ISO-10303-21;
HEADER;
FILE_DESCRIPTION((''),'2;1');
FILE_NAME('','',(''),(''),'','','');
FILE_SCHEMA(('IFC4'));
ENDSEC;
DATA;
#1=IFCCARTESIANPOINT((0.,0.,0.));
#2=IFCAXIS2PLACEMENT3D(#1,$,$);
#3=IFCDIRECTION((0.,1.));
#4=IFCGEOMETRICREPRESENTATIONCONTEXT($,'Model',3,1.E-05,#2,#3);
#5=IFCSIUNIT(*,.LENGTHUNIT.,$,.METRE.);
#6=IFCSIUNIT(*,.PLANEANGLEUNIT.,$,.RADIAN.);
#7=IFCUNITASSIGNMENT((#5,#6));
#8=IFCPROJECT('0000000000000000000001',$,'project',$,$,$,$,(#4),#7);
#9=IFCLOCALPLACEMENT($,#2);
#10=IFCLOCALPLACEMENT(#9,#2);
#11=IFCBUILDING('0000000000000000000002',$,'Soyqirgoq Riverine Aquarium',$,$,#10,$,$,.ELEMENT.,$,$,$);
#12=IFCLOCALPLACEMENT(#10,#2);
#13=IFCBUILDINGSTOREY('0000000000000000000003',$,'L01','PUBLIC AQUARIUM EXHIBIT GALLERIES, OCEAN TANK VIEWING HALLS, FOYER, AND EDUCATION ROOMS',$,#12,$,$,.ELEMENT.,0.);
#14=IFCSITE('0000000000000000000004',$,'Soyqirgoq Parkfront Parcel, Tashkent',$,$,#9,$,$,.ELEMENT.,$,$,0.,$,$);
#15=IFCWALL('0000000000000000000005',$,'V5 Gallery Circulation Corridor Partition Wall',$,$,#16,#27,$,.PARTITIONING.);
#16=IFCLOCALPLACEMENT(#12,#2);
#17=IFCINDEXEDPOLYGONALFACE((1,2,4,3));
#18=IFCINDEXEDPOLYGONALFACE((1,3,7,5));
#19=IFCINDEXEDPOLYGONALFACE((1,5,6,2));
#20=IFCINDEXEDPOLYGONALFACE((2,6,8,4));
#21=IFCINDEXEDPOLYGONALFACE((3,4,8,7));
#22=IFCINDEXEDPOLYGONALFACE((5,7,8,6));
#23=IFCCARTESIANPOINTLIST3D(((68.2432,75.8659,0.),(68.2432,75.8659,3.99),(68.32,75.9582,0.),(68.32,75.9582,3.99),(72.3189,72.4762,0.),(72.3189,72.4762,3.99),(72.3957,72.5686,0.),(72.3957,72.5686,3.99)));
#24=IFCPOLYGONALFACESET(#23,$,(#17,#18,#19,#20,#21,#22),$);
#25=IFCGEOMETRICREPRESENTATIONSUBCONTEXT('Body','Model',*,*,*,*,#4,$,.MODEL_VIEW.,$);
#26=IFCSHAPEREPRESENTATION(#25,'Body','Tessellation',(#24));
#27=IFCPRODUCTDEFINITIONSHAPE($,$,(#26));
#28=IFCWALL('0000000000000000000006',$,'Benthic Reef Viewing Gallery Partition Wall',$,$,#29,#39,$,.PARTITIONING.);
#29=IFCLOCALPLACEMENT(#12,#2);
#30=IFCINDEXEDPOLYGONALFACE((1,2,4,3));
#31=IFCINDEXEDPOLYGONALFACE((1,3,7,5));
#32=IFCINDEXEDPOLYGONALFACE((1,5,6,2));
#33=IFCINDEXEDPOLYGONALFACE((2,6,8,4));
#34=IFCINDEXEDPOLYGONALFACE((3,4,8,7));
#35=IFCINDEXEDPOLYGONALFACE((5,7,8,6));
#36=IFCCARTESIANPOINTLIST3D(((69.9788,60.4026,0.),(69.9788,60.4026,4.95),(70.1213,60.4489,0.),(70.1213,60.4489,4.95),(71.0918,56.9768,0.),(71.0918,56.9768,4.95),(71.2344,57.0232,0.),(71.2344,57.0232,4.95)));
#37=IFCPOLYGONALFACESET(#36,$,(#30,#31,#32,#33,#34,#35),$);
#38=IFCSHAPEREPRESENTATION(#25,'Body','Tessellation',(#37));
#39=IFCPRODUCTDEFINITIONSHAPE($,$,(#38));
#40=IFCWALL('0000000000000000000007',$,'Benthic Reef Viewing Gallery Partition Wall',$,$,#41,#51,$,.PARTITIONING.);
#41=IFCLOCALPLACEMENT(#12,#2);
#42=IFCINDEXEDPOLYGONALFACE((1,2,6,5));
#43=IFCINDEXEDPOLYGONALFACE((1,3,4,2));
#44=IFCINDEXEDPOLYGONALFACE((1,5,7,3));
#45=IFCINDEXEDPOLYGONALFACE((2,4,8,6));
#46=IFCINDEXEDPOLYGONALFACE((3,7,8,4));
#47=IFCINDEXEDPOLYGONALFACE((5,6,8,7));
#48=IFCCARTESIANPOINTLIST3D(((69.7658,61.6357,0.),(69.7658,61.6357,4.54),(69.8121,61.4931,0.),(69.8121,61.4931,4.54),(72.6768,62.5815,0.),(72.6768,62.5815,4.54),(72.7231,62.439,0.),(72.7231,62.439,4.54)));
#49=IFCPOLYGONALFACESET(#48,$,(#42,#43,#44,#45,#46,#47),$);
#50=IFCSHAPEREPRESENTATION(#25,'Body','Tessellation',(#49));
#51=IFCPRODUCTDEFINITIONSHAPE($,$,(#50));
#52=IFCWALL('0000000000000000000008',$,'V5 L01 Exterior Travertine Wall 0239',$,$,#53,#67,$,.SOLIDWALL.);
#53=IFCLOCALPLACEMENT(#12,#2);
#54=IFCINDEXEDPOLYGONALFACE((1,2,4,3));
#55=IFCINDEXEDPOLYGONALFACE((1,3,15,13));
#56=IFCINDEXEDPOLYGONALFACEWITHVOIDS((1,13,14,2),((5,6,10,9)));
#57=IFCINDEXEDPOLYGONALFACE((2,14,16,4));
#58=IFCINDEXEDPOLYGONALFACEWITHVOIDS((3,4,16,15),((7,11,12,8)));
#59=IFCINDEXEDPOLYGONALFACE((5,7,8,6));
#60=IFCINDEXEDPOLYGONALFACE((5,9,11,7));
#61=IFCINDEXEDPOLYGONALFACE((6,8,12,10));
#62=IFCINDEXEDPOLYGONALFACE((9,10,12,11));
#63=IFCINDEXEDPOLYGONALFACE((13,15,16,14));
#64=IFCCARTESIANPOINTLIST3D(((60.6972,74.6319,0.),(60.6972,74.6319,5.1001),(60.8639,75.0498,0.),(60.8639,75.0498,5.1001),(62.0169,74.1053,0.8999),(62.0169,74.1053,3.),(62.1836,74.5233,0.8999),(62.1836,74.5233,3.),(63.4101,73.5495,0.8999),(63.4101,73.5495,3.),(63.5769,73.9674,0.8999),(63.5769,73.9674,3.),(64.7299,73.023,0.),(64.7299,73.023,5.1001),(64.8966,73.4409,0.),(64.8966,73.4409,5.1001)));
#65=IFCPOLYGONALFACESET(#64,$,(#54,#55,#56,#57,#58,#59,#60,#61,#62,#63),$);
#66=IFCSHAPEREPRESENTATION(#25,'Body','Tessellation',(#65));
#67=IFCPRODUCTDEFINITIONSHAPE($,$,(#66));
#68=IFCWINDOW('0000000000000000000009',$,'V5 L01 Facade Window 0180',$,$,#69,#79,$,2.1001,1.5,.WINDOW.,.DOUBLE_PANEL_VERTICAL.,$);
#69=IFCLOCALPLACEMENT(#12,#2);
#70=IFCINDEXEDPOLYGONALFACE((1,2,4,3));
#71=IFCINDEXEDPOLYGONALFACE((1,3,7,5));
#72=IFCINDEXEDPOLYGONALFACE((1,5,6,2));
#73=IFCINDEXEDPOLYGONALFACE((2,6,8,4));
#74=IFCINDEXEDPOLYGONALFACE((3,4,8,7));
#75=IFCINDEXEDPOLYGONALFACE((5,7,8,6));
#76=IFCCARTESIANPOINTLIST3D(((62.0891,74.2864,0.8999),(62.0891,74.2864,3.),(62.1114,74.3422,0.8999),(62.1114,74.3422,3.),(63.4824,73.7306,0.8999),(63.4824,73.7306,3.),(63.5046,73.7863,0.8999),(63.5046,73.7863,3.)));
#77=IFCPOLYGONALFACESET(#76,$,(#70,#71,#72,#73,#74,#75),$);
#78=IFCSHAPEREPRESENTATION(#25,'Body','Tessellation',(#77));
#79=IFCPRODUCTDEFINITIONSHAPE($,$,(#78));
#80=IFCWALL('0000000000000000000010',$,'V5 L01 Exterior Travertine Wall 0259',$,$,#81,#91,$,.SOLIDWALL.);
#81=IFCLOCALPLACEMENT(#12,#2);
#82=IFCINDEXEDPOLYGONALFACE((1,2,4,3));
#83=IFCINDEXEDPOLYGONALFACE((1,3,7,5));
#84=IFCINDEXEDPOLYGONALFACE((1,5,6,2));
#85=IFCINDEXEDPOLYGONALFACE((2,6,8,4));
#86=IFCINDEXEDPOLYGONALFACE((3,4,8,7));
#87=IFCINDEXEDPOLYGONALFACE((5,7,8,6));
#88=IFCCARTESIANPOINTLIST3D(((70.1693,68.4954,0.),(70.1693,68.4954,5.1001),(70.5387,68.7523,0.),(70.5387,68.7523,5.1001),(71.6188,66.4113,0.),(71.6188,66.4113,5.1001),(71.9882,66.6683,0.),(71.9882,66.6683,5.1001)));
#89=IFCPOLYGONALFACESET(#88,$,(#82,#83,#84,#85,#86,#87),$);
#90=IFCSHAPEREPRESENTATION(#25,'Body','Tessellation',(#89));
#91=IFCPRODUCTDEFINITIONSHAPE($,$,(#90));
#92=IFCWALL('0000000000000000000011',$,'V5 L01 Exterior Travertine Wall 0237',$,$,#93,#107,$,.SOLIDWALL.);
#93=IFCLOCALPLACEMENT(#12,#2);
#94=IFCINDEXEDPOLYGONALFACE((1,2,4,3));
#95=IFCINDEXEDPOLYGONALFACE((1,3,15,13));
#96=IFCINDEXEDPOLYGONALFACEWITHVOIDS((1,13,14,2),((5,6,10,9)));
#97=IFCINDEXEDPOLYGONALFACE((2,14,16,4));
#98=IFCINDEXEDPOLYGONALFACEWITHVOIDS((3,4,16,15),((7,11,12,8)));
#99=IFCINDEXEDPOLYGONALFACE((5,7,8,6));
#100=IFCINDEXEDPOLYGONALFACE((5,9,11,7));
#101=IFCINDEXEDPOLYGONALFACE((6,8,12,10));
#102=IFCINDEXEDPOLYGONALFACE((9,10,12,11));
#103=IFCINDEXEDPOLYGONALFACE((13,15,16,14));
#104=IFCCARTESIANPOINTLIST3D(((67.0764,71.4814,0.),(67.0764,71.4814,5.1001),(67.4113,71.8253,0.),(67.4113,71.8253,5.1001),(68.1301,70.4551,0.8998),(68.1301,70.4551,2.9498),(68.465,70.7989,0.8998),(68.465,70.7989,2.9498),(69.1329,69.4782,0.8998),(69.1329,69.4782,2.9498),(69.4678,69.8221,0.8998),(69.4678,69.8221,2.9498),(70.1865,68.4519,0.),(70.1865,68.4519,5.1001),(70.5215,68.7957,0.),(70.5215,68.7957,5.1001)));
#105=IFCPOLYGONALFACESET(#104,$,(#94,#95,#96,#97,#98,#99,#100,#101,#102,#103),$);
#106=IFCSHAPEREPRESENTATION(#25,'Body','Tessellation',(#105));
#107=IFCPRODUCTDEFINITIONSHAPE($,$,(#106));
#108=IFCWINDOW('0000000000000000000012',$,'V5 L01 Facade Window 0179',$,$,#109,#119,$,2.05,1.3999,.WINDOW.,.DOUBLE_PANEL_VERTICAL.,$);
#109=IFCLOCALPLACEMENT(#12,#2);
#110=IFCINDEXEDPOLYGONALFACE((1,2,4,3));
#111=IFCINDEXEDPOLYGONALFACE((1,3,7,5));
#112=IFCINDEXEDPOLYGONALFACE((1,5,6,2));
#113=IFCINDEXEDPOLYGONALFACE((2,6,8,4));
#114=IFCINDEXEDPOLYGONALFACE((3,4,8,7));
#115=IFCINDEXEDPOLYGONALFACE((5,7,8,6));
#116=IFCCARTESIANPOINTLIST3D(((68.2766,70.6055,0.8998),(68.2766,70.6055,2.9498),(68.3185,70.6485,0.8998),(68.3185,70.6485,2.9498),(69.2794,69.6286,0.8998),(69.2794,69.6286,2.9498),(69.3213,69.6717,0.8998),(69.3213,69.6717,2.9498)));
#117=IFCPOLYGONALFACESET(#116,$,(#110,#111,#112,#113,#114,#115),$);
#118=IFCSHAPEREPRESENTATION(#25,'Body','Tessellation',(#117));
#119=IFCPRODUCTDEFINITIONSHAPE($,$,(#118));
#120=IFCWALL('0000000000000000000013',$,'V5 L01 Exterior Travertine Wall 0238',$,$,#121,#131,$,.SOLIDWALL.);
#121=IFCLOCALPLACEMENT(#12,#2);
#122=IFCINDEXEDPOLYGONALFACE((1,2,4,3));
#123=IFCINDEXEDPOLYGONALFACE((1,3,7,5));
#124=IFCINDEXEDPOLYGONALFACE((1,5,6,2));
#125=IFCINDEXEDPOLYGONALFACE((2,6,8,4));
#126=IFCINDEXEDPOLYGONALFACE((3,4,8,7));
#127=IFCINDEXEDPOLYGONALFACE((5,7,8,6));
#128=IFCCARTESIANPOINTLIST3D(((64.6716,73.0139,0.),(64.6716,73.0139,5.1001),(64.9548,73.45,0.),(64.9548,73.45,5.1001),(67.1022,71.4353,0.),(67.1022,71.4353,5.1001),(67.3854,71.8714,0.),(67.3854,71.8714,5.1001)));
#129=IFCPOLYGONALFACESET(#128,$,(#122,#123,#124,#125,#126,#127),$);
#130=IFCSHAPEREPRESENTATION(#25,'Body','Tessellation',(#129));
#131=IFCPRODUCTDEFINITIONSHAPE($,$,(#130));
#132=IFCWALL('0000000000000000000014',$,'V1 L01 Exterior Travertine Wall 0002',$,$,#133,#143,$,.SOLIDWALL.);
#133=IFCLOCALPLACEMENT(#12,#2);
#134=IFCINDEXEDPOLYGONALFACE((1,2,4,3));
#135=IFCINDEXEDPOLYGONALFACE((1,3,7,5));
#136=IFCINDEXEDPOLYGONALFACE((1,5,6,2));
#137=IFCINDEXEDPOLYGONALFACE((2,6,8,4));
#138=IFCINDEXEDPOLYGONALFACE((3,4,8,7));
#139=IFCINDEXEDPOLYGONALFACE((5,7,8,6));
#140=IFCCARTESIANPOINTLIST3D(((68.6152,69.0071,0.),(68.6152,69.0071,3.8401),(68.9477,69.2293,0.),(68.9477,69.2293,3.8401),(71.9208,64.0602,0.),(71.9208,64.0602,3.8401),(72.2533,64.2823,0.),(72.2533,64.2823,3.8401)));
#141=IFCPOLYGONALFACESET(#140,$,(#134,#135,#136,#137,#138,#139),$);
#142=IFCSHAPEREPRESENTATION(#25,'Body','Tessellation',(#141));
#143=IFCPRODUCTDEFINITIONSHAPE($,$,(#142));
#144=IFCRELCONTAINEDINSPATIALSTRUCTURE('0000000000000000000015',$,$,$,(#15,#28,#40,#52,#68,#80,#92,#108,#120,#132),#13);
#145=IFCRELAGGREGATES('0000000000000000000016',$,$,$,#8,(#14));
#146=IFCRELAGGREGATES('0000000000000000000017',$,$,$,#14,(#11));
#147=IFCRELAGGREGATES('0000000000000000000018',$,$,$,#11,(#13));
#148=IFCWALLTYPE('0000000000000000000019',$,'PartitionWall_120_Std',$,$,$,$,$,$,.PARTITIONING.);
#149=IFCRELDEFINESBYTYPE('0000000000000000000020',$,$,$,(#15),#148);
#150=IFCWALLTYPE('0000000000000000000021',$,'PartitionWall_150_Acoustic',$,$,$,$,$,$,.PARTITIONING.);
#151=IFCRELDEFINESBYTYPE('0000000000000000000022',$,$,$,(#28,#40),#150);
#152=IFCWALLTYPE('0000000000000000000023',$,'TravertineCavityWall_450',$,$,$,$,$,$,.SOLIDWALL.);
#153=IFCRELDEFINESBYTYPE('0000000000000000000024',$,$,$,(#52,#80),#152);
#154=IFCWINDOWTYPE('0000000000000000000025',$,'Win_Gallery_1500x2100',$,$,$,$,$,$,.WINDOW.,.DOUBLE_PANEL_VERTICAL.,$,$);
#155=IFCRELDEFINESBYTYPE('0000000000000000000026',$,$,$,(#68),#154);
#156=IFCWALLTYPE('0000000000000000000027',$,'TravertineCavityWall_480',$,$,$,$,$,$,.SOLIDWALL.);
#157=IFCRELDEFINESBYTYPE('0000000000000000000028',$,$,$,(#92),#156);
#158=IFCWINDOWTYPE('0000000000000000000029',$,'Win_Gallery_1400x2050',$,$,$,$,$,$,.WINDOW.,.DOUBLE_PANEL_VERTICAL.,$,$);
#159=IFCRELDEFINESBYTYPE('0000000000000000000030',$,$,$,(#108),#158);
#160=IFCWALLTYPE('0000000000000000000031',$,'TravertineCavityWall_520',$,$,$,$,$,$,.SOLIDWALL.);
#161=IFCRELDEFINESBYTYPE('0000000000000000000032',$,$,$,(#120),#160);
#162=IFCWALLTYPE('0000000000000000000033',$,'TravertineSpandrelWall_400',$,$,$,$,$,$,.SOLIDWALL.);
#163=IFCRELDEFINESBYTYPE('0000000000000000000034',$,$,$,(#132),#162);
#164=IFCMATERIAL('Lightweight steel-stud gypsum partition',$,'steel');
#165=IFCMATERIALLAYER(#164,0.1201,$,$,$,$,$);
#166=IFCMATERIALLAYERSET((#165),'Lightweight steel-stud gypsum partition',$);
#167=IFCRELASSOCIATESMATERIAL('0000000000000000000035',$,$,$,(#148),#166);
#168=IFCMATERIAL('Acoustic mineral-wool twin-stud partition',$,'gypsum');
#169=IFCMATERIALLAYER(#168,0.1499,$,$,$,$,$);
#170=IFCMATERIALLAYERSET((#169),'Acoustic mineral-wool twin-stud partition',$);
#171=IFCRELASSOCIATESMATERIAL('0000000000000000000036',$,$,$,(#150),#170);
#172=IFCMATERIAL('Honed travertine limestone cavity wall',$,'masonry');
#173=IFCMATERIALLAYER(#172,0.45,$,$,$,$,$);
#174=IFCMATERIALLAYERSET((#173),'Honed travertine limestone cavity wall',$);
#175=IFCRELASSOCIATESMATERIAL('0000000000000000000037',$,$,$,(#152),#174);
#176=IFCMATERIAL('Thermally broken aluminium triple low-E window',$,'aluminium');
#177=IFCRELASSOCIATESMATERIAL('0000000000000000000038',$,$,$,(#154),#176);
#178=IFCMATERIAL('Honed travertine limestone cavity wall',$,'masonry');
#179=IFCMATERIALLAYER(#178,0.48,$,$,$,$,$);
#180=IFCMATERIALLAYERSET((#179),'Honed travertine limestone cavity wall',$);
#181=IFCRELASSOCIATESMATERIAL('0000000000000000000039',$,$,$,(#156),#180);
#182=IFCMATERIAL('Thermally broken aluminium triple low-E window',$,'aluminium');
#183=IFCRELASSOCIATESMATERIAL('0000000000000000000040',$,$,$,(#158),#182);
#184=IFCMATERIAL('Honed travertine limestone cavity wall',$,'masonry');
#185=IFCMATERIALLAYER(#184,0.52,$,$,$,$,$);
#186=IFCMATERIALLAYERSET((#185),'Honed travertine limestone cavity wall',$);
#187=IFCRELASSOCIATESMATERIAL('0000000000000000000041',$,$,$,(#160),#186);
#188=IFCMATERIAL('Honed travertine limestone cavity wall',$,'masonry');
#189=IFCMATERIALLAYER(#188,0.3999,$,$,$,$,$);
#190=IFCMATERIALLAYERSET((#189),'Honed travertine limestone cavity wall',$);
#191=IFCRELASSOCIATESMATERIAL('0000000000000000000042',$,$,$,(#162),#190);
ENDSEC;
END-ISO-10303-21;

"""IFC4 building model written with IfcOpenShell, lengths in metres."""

from ifc_helpers import new_model, si_unit, direction, frame, frame_2d, origin, place, context, subcontext, project, spatial, rectangle, extrude, material, layer, layer_set, type_object, element, fill, save


model = new_model("IFC4")

# Units and contexts
model_context = context("Model", 3, precision=1e-05, world=origin(), true_north=direction((0.0, 1.0)))
body_context = subcontext(model_context, "Body", "Model", "MODEL_VIEW")
ifc_project = project(units=[si_unit("LENGTHUNIT", "METRE"), si_unit("PLANEANGLEUNIT", "RADIAN")], contexts=[model_context])

# Site, building, storey
site_placement = place(None, origin())
site = spatial("IfcSite", under=ifc_project, at=site_placement, Name="Soyqirgoq Parkfront Parcel, Tashkent", CompositionType="ELEMENT", RefElevation=0.0)
building_placement = place(site_placement, origin())
building = spatial("IfcBuilding", under=site, at=building_placement, Name="Soyqirgoq Riverine Aquarium", CompositionType="ELEMENT")
storey_placement = place(building_placement, origin())
storey = spatial("IfcBuildingStorey", under=building, at=storey_placement, Name="L01", Description="PUBLIC AQUARIUM EXHIBIT GALLERIES, OCEAN TANK VIEWING HALLS, FOYER, AND EDUCATION ROOMS", CompositionType="ELEMENT", Elevation=0.0)

# Walls
ifc_material_1 = material(Name="Lightweight steel-stud gypsum partition", Category="steel")
ifc_layer_1 = layer(ifc_material_1, 0.1201)
ifc_layer_set_1 = layer_set([ifc_layer_1], Name="Lightweight steel-stud gypsum partition")
wall_type_1 = type_object("IfcWallType", Name="PartitionWall_120_Std", PredefinedType="PARTITIONING", material=ifc_layer_set_1)
wall_1_placement = place(storey_placement, frame((72.3572, 72.5225, 0.0), z_axis=(0.0, 0.0, 1.0), x_axis=(-0.768848, 0.639432, 0.0)))
element("IfcWall", 1, at=wall_1_placement, inside=storey, type_object=wall_type_1, Name="V5 Gallery Circulation Corridor Partition Wall", PredefinedType="PARTITIONING", context=body_context, shape_type="SweptSolid", body=[
    extrude(rectangle(XDim=5.301, YDim=0.1201, at=frame_2d((2.6504, 0.0))), origin(), (0.0, 0.0, 1.0), 3.99),
])
ifc_material_2 = material(Name="Acoustic mineral-wool twin-stud partition", Category="gypsum")
ifc_layer_2 = layer(ifc_material_2, 0.1499)
ifc_layer_set_2 = layer_set([ifc_layer_2], Name="Acoustic mineral-wool twin-stud partition")
wall_type_2 = type_object("IfcWallType", Name="PartitionWall_150_Acoustic", PredefinedType="PARTITIONING", material=ifc_layer_set_2)
wall_2_placement = place(storey_placement, frame((70.05, 60.4258, 0.0), z_axis=(0.0, 0.0, 1.0), x_axis=(0.309, -0.951062, 0.0)))
element("IfcWall", 2, at=wall_2_placement, inside=storey, type_object=wall_type_2, Name="Benthic Reef Viewing Gallery Partition Wall", PredefinedType="PARTITIONING", context=body_context, shape_type="SweptSolid", body=[
    extrude(rectangle(XDim=3.6021, YDim=0.1499, at=frame_2d((1.801, 0.0))), origin(), (0.0, 0.0, 1.0), 4.95),
])
wall_3_placement = place(storey_placement, frame((69.7891, 61.5645, 0.0), z_axis=(0.0, 0.0, 1.0), x_axis=(0.951057, 0.309016, 0.0)))
element("IfcWall", 3, at=wall_3_placement, inside=storey, type_object=wall_type_2, Name="Benthic Reef Viewing Gallery Partition Wall", PredefinedType="PARTITIONING", context=body_context, shape_type="SweptSolid", body=[
    extrude(rectangle(XDim=3.0608, YDim=0.1499, at=frame_2d((1.5303, 0.0))), origin(), (0.0, 0.0, 1.0), 4.54),
])

# Wall, opening, window
ifc_material_3 = material(Name="Honed travertine limestone cavity wall", Category="masonry")
ifc_layer_3 = layer(ifc_material_3, 0.45)
ifc_layer_set_3 = layer_set([ifc_layer_3], Name="Honed travertine limestone cavity wall")
wall_type_3 = type_object("IfcWallType", Name="TravertineCavityWall_450", PredefinedType="SOLIDWALL", material=ifc_layer_set_3)
wall_4_placement = place(storey_placement, frame((64.8132, 73.2319, 0.0), z_axis=(0.0, 0.0, 1.0), x_axis=(-0.92881, 0.370557, 0.0)))
wall_4 = element("IfcWall", 4, at=wall_4_placement, inside=storey, type_object=wall_type_3, Name="V5 L01 Exterior Travertine Wall 0239", PredefinedType="SOLIDWALL", context=body_context, shape_type="SweptSolid", body=[
    extrude(rectangle(XDim=4.3418, YDim=0.45, at=frame_2d((2.1709, 0.0))), origin(), (0.0, 0.0, 1.0), 5.1001),
])
opening_1_placement = place(wall_4_placement, frame((1.4209, 0.0, 0.8999)))
opening_1 = element("IfcOpeningElement", 5, at=opening_1_placement, cuts=wall_4, PredefinedType="OPENING", context=body_context, shape_type="SweptSolid", body=[
    extrude(rectangle(XDim=1.5, YDim=2.1001, at=frame_2d((0.75, 1.05))), frame((0.0, 0.2349, 0.0), z_axis=(0.0, -1.0, 0.0), x_axis=(1.0, 0.0, 0.0)), (0.0, 0.0, 1.0), 0.47),
])
ifc_material_4 = material(Name="Thermally broken aluminium triple low-E window", Category="aluminium")
window_type_1 = type_object("IfcWindowType", Name="Win_Gallery_1500x2100", PartitioningType="DOUBLE_PANEL_VERTICAL", PredefinedType="WINDOW", material=ifc_material_4)
window_1_placement = place(opening_1_placement, origin())
window_1 = element("IfcWindow", 6, at=window_1_placement, inside=storey, type_object=window_type_1, Name="V5 L01 Facade Window 0180", OverallHeight=2.1001, OverallWidth=1.5, PartitioningType="DOUBLE_PANEL_VERTICAL", PredefinedType="WINDOW", context=body_context, shape_type="SweptSolid", body=[
    extrude(rectangle(XDim=1.5, YDim=2.1001, at=frame_2d((0.75, 1.05))), frame((0.0, 0.03, 0.0), z_axis=(0.0, -1.0, 0.0), x_axis=(1.0, 0.0, 0.0)), (0.0, 0.0, 1.0), 0.0601),
])
fill(opening_1, window_1)

# Wall
wall_5_placement = place(storey_placement, frame((71.8035, 66.5398, 0.0), z_axis=(0.0, 0.0, 1.0), x_axis=(-0.570994, 0.820954, 0.0)))
element("IfcWall", 7, at=wall_5_placement, inside=storey, type_object=wall_type_3, Name="V5 L01 Exterior Travertine Wall 0259", PredefinedType="SOLIDWALL", context=body_context, shape_type="SweptSolid", body=[
    extrude(rectangle(XDim=2.5386, YDim=0.45, at=frame_2d((1.2693, 0.0))), origin(), (0.0, 0.0, 1.0), 5.1001),
])

# Wall, opening, window
ifc_material_5 = material(Name="Honed travertine limestone cavity wall", Category="masonry")
ifc_layer_4 = layer(ifc_material_5, 0.48)
ifc_layer_set_4 = layer_set([ifc_layer_4], Name="Honed travertine limestone cavity wall")
wall_type_4 = type_object("IfcWallType", Name="TravertineCavityWall_480", PredefinedType="SOLIDWALL", material=ifc_layer_set_4)
wall_6_placement = place(storey_placement, frame((70.354, 68.6238, 0.0), z_axis=(0.0, 0.0, 1.0), x_axis=(-0.716324, 0.697768, 0.0)))
wall_6 = element("IfcWall", 8, at=wall_6_placement, inside=storey, type_object=wall_type_4, Name="V5 L01 Exterior Travertine Wall 0237", PredefinedType="SOLIDWALL", context=body_context, shape_type="SweptSolid", body=[
    extrude(rectangle(XDim=4.3418, YDim=0.48, at=frame_2d((2.1709, 0.0))), origin(), (0.0, 0.0, 1.0), 5.1001),
])
opening_2_placement = place(wall_6_placement, frame((1.4709, 0.0, 0.8999)))
opening_2 = element("IfcOpeningElement", 9, at=opening_2_placement, cuts=wall_6, PredefinedType="OPENING", context=body_context, shape_type="SweptSolid", body=[
    extrude(rectangle(XDim=1.3999, YDim=2.05, at=frame_2d((0.7, 1.0249))), frame((0.0, 0.25, 0.0), z_axis=(0.0, -1.0, 0.0), x_axis=(1.0, 0.0, 0.0)), (0.0, 0.0, 1.0), 0.5),
])
ifc_material_6 = material(Name="Thermally broken aluminium triple low-E window", Category="aluminium")
window_type_2 = type_object("IfcWindowType", Name="Win_Gallery_1400x2050", PartitioningType="DOUBLE_PANEL_VERTICAL", PredefinedType="WINDOW", material=ifc_material_6)
window_2_placement = place(opening_2_placement, origin())
window_2 = element("IfcWindow", 10, at=window_2_placement, inside=storey, type_object=window_type_2, Name="V5 L01 Facade Window 0179", OverallHeight=2.05, OverallWidth=1.3999, PartitioningType="DOUBLE_PANEL_VERTICAL", PredefinedType="WINDOW", context=body_context, shape_type="SweptSolid", body=[
    extrude(rectangle(XDim=1.3999, YDim=2.05, at=frame_2d((0.7, 1.0249))), frame((0.0, 0.03, 0.0), z_axis=(0.0, -1.0, 0.0), x_axis=(1.0, 0.0, 0.0)), (0.0, 0.0, 1.0), 0.0601),
])
fill(opening_2, window_2)

# Walls
ifc_material_7 = material(Name="Honed travertine limestone cavity wall", Category="masonry")
ifc_layer_5 = layer(ifc_material_7, 0.52)
ifc_layer_set_5 = layer_set([ifc_layer_5], Name="Honed travertine limestone cavity wall")
wall_type_5 = type_object("IfcWallType", Name="TravertineCavityWall_520", PredefinedType="SOLIDWALL", material=ifc_layer_set_5)
wall_7_placement = place(storey_placement, frame((67.2439, 71.6533, 0.0), z_axis=(0.0, 0.0, 1.0), x_axis=(-0.838651, 0.544669, 0.0)))
element("IfcWall", 11, at=wall_7_placement, inside=storey, type_object=wall_type_5, Name="V5 L01 Exterior Travertine Wall 0238", PredefinedType="SOLIDWALL", context=body_context, shape_type="SweptSolid", body=[
    extrude(rectangle(XDim=2.8982, YDim=0.52, at=frame_2d((1.4492, 0.0))), origin(), (0.0, 0.0, 1.0), 5.1001),
])
ifc_material_8 = material(Name="Honed travertine limestone cavity wall", Category="masonry")
ifc_layer_6 = layer(ifc_material_8, 0.3999)
ifc_layer_set_6 = layer_set([ifc_layer_6], Name="Honed travertine limestone cavity wall")
wall_type_6 = type_object("IfcWallType", Name="TravertineSpandrelWall_400", PredefinedType="SOLIDWALL", material=ifc_layer_set_6)
wall_8_placement = place(storey_placement, frame((68.7815, 69.1182, 0.0), z_axis=(0.0, 0.0, 1.0), x_axis=(0.55559, -0.831456, 0.0)))
element("IfcWall", 12, at=wall_8_placement, inside=storey, type_object=wall_type_6, Name="V1 L01 Exterior Travertine Wall 0002", PredefinedType="SOLIDWALL", context=body_context, shape_type="SweptSolid", body=[
    extrude(rectangle(XDim=5.9497, YDim=0.3999, at=frame_2d((2.9749, 0.0))), origin(), (0.0, 0.0, 1.0), 3.8401),
])

save(model, "model.ifc")
